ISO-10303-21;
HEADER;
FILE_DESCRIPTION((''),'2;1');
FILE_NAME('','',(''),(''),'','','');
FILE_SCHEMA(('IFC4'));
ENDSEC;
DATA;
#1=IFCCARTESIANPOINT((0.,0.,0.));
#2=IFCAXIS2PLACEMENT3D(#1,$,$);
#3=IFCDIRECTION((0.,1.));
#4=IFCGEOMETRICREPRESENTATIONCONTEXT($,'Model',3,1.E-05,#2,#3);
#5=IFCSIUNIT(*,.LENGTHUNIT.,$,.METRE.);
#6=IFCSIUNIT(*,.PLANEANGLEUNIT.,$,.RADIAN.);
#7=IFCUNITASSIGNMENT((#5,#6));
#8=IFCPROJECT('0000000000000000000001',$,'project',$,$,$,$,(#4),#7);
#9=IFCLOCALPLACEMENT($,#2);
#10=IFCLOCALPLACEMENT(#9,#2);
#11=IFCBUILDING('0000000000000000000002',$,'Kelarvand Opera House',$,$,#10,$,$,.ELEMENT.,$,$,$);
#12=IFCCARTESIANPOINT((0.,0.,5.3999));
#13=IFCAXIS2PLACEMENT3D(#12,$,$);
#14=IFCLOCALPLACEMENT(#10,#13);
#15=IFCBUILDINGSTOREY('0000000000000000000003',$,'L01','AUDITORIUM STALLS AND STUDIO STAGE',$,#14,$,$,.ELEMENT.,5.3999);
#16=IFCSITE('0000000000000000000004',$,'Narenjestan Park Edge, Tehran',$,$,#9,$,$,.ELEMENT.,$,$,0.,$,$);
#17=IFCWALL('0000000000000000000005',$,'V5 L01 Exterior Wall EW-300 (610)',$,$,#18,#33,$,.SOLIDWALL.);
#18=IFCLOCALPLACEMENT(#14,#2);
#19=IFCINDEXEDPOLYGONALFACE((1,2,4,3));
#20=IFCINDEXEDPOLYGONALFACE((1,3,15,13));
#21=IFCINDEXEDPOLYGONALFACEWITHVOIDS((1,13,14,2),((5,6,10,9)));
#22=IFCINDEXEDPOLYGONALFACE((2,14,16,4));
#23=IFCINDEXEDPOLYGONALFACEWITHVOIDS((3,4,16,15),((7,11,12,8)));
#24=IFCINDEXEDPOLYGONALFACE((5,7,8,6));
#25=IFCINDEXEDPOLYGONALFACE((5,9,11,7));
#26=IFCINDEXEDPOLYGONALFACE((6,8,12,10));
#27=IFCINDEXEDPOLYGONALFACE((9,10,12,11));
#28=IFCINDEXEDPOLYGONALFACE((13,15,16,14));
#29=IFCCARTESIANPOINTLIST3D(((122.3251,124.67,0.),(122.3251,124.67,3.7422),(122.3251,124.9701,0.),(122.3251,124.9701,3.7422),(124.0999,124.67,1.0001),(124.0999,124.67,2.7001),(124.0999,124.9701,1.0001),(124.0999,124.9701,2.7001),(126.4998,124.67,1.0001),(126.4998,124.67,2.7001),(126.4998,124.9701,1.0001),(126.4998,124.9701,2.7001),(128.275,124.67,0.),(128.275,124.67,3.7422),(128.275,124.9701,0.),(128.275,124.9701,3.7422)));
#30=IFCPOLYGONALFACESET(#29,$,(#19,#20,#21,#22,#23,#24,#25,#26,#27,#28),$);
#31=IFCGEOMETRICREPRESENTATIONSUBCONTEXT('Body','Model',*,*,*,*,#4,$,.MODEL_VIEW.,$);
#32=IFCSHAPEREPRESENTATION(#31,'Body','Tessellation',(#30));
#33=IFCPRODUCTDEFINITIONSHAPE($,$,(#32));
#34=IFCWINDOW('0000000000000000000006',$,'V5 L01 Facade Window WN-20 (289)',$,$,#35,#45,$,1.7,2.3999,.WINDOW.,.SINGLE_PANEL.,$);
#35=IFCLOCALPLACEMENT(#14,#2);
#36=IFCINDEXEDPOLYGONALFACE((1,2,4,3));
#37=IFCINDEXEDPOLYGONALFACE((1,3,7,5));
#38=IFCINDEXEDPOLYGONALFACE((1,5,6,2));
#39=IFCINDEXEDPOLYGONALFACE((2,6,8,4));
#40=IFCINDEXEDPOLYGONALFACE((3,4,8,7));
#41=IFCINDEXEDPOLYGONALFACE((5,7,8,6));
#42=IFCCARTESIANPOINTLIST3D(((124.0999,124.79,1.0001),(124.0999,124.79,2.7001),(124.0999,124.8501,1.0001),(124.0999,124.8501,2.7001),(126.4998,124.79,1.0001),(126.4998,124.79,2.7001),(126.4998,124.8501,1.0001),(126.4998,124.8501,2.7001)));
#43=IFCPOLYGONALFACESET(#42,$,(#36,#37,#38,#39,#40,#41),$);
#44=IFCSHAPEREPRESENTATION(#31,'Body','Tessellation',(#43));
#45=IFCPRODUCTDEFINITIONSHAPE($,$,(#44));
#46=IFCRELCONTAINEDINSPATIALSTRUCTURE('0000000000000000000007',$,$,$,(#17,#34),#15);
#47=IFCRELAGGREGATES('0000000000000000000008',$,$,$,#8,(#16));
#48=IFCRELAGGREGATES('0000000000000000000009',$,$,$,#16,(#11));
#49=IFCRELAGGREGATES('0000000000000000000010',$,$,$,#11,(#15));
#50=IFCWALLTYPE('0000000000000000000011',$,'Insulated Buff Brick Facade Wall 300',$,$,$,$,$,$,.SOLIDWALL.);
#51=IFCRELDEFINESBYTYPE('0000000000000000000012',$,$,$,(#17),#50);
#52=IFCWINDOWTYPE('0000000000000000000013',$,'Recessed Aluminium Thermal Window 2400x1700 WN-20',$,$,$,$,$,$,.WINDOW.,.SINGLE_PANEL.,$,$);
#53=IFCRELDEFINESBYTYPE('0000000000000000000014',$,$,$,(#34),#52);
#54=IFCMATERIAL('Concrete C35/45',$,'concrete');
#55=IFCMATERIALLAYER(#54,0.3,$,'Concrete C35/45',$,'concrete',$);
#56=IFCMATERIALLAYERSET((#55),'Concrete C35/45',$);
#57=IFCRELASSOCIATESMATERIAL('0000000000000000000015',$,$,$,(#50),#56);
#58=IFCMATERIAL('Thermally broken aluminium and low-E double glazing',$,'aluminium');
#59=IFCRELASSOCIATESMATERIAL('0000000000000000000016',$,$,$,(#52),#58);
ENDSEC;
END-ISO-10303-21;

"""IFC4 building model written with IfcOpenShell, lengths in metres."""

from ifc_helpers import new_model, si_unit, direction, frame, frame_2d, origin, place, context, subcontext, project, spatial, rectangle, extrude, material, layer, layer_set, type_object, element, fill, save


model = new_model("IFC4")

# Units and contexts
model_context = context("Model", 3, precision=1e-05, world=origin(), true_north=direction((0.0, 1.0)))
body_context = subcontext(model_context, "Body", "Model", "MODEL_VIEW")
ifc_project = project(units=[si_unit("LENGTHUNIT", "METRE"), si_unit("PLANEANGLEUNIT", "RADIAN")], contexts=[model_context])

# Site, building, storey
site_placement = place(None, origin())
site = spatial("IfcSite", under=ifc_project, at=site_placement, Name="Narenjestan Park Edge, Tehran", CompositionType="ELEMENT", RefElevation=0.0)
building_placement = place(site_placement, origin())
building = spatial("IfcBuilding", under=site, at=building_placement, Name="Kelarvand Opera House", CompositionType="ELEMENT")
storey_placement = place(building_placement, frame((0.0, 0.0, 5.3999)))
storey = spatial("IfcBuildingStorey", under=building, at=storey_placement, Name="L01", Description="AUDITORIUM STALLS AND STUDIO STAGE", CompositionType="ELEMENT", Elevation=5.3999)

# Wall, opening, window
ifc_material_1 = material(Name="Concrete C35/45", Category="concrete")
ifc_layer_1 = layer(ifc_material_1, 0.3, Name="Concrete C35/45", Category="concrete")
ifc_layer_set_1 = layer_set([ifc_layer_1], Name="Concrete C35/45")
wall_type = type_object("IfcWallType", Name="Insulated Buff Brick Facade Wall 300", PredefinedType="SOLIDWALL", material=ifc_layer_set_1)
wall_placement = place(storey_placement, frame((122.325, 124.8201, 0.0), z_axis=(0.0, 0.0, 1.0), x_axis=(1.0, 0.0, 0.0)))
wall = element("IfcWall", 1, at=wall_placement, inside=storey, type_object=wall_type, Name="V5 L01 Exterior Wall EW-300 (610)", PredefinedType="SOLIDWALL", context=body_context, shape_type="SweptSolid", body=[
    extrude(rectangle(XDim=5.95, YDim=0.3, at=frame_2d((2.9751, 0.0))), origin(), (0.0, 0.0, 1.0), 3.7422),
])
opening_placement = place(wall_placement, frame((1.7749, 0.0, 1.0)))
opening = element("IfcOpeningElement", 2, at=opening_placement, cuts=wall, PredefinedType="OPENING", context=body_context, shape_type="SweptSolid", body=[
    extrude(rectangle(XDim=2.3999, YDim=1.7, at=frame_2d((1.2, 0.8501))), frame((0.0, 0.1602, 0.0), z_axis=(0.0, -1.0, 0.0), x_axis=(1.0, 0.0, 0.0)), (0.0, 0.0, 1.0), 0.3201),
])
ifc_material_2 = material(Name="Thermally broken aluminium and low-E double glazing", Category="aluminium")
window_type = type_object("IfcWindowType", Name="Recessed Aluminium Thermal Window 2400x1700 WN-20", PartitioningType="SINGLE_PANEL", PredefinedType="WINDOW", material=ifc_material_2)
window_placement = place(opening_placement, origin())
window = element("IfcWindow", 3, at=window_placement, inside=storey, type_object=window_type, Name="V5 L01 Facade Window WN-20 (289)", OverallHeight=1.7, OverallWidth=2.3999, PartitioningType="SINGLE_PANEL", PredefinedType="WINDOW", context=body_context, shape_type="SweptSolid", body=[
    extrude(rectangle(XDim=2.3999, YDim=1.7, at=frame_2d((1.2, 0.8501))), frame((0.0, 0.03, 0.0), z_axis=(0.0, -1.0, 0.0), x_axis=(1.0, 0.0, 0.0)), (0.0, 0.0, 1.0), 0.0601),
])
fill(opening, window)

save(model, "model.ifc")
